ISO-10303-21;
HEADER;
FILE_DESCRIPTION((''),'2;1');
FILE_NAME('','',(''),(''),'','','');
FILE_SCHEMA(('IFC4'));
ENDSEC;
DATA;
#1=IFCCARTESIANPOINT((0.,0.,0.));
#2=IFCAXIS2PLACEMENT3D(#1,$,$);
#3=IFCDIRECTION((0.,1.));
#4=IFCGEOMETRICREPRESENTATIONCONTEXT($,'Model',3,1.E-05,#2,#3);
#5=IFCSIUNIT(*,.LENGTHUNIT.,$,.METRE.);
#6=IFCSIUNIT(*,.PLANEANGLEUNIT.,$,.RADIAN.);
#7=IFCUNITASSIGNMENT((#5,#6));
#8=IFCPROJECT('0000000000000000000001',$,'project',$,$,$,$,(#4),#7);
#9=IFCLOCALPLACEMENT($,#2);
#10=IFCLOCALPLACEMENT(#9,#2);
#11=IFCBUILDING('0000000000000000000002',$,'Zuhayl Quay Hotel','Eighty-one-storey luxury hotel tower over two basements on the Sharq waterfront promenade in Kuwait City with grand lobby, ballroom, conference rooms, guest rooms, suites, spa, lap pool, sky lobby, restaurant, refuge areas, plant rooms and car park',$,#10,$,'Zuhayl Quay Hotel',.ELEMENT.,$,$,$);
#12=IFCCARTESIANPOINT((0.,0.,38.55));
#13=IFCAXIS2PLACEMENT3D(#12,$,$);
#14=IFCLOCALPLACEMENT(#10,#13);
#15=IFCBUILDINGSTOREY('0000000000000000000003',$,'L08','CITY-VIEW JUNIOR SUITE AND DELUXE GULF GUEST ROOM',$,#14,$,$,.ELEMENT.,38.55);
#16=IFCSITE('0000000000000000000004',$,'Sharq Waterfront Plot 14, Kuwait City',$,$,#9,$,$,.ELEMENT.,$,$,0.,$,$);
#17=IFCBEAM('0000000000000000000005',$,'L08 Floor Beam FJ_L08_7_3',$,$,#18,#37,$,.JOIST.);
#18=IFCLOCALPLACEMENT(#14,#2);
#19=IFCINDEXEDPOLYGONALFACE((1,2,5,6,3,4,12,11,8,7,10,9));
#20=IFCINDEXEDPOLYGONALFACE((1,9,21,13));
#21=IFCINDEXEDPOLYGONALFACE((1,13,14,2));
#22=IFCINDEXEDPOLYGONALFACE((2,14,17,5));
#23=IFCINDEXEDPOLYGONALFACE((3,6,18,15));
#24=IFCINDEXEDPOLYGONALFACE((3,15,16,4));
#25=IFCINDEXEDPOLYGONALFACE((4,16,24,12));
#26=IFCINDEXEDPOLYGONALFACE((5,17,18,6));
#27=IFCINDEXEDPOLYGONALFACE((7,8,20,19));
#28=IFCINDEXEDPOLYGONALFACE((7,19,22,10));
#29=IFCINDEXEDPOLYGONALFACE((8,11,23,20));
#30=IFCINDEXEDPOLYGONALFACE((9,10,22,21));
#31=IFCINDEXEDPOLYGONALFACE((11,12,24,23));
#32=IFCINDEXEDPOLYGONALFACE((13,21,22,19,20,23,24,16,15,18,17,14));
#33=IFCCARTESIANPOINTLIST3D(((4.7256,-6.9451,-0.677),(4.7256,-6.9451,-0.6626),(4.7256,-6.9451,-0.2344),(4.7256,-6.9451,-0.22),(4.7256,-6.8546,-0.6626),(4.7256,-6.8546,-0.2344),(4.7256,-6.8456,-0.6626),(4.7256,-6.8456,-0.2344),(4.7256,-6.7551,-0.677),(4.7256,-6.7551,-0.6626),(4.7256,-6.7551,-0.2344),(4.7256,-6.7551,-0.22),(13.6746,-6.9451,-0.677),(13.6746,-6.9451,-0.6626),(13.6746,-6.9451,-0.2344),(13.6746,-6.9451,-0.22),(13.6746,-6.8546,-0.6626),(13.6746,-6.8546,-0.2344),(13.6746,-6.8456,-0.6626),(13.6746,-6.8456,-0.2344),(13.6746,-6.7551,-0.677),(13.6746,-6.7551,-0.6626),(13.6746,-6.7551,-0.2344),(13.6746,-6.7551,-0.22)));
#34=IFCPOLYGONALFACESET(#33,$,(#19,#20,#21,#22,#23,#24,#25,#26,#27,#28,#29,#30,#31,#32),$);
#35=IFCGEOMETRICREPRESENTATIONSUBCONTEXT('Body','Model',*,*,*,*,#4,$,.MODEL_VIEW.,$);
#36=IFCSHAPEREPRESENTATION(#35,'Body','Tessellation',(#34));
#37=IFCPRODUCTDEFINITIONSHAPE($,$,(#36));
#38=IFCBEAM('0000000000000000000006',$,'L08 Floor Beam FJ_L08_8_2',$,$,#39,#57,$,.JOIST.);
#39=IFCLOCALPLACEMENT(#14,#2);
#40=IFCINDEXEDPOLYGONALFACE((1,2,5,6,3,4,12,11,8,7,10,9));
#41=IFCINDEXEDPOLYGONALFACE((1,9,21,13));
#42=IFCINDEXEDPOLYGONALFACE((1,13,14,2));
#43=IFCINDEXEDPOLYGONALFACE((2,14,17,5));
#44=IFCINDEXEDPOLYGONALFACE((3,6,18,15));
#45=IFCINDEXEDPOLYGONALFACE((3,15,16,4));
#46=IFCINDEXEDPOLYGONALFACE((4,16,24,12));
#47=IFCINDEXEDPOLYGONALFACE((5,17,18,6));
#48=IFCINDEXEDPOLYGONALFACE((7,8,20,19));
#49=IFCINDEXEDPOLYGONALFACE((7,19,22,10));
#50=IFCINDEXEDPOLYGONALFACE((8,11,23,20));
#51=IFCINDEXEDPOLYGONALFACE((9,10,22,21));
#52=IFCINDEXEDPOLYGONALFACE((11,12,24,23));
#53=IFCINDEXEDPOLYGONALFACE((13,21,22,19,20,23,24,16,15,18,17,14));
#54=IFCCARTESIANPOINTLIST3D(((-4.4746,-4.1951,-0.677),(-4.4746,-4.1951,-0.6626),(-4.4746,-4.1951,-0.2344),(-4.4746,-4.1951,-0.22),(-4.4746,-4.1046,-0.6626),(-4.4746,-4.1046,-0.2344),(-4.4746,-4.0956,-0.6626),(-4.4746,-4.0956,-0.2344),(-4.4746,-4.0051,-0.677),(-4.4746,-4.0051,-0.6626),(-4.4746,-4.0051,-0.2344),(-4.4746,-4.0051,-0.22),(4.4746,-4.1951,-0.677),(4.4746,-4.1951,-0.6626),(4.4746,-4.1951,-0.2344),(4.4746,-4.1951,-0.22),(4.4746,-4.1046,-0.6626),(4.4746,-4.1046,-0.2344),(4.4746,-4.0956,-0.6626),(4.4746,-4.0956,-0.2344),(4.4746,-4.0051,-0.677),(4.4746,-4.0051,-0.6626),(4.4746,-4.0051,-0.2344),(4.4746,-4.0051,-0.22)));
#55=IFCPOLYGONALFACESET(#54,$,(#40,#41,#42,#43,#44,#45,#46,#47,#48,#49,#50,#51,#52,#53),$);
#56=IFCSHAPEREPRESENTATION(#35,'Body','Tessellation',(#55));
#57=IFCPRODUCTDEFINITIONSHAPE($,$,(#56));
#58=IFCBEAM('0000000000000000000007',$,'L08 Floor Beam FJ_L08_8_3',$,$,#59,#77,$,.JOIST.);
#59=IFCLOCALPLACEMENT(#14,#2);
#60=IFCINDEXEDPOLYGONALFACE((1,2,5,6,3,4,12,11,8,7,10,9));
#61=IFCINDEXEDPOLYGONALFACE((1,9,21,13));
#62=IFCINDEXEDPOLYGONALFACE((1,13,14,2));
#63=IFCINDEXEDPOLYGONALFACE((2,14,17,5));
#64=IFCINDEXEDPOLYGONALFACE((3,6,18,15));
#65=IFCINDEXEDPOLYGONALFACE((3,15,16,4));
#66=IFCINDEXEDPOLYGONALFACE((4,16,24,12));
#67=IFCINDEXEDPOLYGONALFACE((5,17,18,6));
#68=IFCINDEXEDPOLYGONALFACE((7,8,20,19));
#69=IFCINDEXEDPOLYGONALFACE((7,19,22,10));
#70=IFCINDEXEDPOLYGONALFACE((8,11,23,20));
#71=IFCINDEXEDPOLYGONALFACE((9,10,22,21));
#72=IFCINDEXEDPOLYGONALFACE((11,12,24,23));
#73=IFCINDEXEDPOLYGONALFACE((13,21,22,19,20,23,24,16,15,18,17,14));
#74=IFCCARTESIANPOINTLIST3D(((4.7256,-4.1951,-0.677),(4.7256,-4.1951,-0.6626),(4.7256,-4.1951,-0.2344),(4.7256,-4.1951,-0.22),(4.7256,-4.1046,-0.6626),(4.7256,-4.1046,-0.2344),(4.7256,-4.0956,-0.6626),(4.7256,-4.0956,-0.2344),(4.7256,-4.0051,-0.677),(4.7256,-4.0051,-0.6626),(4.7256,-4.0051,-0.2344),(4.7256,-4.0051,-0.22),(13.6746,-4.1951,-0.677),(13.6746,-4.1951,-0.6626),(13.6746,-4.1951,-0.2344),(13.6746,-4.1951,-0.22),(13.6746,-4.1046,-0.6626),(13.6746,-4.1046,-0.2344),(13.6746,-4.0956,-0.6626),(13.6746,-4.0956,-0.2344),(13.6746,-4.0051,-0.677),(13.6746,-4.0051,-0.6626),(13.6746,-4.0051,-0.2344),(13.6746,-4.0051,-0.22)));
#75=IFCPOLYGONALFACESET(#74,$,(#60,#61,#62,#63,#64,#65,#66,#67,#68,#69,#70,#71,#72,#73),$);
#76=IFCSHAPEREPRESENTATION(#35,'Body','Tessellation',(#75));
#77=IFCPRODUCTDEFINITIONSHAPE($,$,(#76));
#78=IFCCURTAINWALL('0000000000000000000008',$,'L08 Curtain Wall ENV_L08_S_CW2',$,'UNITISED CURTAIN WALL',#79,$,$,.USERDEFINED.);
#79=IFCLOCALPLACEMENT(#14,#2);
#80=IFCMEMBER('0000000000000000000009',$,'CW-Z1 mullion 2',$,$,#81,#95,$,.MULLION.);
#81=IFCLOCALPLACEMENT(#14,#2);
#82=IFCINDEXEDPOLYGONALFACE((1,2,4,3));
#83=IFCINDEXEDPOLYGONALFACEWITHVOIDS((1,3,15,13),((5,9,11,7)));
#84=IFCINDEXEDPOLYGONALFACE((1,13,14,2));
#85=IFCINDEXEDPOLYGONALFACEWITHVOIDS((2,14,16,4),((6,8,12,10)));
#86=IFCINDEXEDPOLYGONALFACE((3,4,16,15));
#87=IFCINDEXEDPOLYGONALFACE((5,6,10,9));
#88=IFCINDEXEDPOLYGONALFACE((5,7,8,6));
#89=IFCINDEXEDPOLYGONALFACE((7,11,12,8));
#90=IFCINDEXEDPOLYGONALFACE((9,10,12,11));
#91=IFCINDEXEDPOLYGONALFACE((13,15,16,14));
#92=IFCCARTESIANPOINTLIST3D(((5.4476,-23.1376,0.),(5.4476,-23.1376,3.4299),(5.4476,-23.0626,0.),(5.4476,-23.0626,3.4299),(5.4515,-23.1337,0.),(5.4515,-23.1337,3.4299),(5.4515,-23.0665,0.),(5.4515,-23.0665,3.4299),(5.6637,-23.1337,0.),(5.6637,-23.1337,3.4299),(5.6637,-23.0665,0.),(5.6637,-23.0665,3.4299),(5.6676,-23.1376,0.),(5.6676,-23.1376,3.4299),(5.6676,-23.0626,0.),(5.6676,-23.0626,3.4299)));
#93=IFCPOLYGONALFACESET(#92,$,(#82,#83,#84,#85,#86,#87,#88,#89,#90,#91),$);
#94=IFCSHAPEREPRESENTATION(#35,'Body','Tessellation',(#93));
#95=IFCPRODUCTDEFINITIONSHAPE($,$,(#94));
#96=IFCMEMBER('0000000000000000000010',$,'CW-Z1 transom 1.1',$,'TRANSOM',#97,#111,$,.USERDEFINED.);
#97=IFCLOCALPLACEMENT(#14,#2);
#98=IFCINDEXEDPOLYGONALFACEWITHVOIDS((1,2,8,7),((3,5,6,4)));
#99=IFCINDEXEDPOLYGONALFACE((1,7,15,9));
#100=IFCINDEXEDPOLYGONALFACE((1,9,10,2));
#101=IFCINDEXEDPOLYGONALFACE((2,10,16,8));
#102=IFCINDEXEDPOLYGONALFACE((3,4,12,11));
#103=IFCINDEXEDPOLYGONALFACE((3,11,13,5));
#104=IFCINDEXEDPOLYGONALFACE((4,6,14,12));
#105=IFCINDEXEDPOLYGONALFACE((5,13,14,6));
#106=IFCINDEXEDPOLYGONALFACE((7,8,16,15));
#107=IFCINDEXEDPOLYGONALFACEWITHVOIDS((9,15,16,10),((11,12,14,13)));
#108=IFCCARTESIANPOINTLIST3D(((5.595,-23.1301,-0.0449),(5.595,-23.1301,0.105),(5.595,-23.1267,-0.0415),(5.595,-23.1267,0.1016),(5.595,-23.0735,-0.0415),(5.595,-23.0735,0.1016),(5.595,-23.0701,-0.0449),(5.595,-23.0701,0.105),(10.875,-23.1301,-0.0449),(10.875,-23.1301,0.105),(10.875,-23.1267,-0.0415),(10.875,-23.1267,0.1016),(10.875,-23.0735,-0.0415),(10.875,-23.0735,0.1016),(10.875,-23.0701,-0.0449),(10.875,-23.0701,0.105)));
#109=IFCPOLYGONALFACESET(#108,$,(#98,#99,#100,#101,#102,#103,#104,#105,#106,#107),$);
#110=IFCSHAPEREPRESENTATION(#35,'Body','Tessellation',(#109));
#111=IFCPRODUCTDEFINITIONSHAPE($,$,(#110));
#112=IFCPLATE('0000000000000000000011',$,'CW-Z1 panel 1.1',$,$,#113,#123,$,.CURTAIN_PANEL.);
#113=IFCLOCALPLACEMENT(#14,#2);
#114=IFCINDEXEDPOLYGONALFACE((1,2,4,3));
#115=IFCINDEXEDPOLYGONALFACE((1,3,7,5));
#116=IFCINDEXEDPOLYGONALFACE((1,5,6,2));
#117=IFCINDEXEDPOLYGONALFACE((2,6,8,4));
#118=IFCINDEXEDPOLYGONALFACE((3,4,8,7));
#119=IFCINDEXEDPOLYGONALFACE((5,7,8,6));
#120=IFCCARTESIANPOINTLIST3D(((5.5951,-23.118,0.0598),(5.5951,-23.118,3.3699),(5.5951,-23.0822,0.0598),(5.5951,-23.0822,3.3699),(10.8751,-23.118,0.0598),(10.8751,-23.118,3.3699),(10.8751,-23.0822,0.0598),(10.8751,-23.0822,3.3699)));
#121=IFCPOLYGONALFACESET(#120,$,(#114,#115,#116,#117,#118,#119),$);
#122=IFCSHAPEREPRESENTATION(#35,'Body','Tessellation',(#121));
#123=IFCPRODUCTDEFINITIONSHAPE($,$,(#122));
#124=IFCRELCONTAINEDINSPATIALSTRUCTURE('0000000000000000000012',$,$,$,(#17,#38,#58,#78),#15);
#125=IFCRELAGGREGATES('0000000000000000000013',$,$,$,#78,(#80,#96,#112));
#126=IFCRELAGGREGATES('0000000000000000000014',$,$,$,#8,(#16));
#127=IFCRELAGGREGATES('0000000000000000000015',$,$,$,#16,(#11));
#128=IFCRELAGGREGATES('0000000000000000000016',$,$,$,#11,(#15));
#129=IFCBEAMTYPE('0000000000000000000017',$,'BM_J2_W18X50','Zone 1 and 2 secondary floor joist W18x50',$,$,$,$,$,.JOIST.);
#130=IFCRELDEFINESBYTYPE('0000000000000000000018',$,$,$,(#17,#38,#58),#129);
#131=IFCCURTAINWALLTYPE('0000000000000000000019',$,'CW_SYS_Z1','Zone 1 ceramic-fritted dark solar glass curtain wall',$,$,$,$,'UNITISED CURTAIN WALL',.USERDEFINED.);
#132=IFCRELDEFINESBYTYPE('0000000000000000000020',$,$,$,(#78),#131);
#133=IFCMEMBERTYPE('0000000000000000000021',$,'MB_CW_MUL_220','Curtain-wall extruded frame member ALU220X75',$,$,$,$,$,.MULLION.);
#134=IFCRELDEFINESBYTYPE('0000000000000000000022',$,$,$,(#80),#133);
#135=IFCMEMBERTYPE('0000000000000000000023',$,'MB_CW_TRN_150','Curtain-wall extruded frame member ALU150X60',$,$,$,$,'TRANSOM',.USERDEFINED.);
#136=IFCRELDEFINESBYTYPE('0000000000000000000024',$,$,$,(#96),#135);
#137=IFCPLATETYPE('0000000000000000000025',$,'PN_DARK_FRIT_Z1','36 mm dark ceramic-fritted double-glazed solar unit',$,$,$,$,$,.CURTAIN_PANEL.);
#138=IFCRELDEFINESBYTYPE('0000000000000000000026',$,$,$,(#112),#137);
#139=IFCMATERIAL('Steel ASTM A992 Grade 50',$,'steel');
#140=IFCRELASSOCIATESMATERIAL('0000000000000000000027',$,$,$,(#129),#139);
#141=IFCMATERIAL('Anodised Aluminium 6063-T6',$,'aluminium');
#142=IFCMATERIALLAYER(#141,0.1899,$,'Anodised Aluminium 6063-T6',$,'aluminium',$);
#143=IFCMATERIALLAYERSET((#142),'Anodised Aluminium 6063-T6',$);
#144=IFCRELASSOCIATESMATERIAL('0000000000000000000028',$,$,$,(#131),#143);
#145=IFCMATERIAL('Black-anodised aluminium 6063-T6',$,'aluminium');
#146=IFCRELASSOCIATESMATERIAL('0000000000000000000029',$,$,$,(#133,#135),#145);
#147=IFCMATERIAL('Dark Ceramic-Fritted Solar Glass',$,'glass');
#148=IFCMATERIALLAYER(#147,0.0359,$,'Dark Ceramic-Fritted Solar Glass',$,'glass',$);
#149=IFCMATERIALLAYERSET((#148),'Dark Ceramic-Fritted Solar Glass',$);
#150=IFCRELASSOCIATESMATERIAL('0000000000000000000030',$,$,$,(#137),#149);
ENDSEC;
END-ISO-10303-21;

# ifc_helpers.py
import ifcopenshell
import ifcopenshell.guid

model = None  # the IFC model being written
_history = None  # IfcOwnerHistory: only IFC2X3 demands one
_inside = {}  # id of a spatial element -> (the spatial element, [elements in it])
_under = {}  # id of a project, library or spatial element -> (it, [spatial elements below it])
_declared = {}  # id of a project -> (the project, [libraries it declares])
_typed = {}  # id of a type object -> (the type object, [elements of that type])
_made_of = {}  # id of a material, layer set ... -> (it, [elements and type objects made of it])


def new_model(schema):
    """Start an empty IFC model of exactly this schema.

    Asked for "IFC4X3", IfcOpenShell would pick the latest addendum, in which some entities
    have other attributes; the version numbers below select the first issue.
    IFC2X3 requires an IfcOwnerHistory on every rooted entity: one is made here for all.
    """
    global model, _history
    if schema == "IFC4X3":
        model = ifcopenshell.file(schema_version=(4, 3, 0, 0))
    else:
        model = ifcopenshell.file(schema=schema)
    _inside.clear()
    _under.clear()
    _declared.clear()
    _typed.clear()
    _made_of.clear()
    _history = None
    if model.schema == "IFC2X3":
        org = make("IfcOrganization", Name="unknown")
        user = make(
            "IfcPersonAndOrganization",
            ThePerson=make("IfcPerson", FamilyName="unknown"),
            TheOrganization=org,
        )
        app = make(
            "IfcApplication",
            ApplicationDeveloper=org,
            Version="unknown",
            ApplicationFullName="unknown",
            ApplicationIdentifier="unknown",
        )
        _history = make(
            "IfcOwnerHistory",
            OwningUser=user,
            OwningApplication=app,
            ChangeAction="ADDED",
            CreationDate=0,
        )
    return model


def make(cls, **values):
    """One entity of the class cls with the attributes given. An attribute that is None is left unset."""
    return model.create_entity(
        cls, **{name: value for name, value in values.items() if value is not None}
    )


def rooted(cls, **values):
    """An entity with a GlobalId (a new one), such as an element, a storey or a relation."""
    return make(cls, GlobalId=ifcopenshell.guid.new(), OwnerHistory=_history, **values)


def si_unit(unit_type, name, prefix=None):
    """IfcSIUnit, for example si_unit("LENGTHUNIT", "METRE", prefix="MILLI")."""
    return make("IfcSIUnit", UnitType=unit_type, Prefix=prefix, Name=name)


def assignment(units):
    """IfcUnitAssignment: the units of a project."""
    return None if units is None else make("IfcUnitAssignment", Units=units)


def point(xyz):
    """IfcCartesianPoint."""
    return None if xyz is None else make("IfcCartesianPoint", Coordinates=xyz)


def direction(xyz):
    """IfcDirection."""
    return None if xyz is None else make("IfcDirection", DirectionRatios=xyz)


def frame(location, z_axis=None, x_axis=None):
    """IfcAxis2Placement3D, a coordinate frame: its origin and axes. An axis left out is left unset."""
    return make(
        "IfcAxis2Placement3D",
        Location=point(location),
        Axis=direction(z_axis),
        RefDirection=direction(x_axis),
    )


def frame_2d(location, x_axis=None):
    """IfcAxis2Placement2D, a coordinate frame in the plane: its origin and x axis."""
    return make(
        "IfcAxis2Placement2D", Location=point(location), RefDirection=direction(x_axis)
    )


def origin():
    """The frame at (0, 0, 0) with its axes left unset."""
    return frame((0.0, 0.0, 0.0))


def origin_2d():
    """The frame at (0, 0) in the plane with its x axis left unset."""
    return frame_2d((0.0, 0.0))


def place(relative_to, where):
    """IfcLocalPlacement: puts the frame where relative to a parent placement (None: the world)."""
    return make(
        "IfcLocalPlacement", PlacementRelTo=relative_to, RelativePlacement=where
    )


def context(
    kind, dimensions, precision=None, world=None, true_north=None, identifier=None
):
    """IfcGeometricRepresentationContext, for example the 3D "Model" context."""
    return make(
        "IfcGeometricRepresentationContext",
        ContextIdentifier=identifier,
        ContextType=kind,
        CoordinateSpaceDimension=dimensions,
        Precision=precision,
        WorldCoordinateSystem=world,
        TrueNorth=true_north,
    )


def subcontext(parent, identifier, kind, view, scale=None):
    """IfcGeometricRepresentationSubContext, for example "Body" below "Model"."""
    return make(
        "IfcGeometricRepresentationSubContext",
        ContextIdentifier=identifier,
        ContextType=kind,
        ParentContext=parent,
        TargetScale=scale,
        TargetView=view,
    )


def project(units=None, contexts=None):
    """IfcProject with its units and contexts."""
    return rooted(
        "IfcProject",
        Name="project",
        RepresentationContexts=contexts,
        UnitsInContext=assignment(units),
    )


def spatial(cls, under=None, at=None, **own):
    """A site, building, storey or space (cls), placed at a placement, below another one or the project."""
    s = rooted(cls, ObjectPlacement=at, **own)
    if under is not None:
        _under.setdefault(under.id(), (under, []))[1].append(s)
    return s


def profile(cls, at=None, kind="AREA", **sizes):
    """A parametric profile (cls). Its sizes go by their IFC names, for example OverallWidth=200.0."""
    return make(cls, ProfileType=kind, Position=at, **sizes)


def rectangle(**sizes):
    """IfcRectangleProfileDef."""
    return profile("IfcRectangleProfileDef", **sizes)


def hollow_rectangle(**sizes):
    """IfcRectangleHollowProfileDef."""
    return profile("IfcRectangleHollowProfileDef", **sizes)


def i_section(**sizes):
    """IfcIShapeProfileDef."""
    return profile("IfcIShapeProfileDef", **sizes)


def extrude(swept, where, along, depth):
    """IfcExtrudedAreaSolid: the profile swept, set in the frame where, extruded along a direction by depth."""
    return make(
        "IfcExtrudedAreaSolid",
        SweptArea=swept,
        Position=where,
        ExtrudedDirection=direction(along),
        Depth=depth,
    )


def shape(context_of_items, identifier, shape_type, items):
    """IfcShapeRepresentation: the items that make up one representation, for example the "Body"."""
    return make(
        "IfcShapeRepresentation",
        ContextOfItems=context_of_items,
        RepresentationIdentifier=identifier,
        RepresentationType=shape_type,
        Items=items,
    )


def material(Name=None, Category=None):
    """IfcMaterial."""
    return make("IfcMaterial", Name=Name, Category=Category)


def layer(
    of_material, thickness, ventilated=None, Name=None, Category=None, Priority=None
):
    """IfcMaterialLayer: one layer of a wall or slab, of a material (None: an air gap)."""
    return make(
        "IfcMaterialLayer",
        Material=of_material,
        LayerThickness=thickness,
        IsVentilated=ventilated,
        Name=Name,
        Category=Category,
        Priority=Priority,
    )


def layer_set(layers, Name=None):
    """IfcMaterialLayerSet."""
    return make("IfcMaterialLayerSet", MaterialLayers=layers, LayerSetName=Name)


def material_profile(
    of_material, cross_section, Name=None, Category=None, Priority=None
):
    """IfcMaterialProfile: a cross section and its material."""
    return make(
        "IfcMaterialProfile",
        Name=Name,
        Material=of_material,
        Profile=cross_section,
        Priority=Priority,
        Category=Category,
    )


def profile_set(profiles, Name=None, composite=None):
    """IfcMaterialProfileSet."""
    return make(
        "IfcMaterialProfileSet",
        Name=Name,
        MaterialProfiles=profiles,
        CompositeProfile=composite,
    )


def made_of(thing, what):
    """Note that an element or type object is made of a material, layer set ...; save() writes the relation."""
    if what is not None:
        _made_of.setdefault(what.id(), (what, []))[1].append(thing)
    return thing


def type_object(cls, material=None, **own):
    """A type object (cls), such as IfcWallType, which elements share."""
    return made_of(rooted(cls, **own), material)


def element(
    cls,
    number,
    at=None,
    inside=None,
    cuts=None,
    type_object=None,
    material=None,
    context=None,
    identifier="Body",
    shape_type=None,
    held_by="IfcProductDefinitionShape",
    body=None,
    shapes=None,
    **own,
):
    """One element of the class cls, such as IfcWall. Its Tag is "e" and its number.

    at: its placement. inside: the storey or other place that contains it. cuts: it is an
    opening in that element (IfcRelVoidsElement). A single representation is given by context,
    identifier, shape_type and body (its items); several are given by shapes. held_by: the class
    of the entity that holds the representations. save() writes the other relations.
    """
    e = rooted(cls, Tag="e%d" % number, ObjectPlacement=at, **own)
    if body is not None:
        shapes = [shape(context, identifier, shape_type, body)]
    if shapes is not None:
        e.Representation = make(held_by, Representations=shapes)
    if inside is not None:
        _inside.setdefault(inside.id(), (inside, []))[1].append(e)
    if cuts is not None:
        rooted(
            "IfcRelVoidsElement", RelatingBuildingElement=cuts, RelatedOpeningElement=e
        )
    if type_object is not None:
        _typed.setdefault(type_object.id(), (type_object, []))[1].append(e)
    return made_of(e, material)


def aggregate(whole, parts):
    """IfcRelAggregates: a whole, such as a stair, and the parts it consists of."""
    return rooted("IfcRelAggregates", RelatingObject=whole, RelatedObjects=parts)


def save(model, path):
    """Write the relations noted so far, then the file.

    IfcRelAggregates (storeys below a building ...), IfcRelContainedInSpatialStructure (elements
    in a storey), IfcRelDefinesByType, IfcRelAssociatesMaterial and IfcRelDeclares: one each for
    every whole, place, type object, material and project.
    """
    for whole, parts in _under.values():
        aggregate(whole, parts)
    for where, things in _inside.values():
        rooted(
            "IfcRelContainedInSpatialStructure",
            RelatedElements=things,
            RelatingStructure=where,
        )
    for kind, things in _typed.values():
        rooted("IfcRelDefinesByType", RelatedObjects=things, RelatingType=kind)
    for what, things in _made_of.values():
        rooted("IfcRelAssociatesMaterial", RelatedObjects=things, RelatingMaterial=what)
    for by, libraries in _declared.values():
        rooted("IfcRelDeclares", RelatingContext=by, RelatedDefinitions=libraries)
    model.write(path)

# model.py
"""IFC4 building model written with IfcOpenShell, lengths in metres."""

from ifc_helpers import new_model, si_unit, direction, frame, origin, origin_2d, place, context, subcontext, project, spatial, rectangle, hollow_rectangle, i_section, extrude, material, layer, layer_set, material_profile, profile_set, type_object, element, aggregate, save


model = new_model("IFC4")

# Units and contexts
model_context = context("Model", 3, precision=1e-05, world=origin(), true_north=direction((0.0, 1.0)))
body_context = subcontext(model_context, "Body", "Model", "MODEL_VIEW")
ifc_project = project(units=[si_unit("LENGTHUNIT", "METRE"), si_unit("PLANEANGLEUNIT", "RADIAN")], contexts=[model_context])

# Site, building, storey
site_placement = place(None, origin())
site = spatial("IfcSite", under=ifc_project, at=site_placement, Name="Sharq Waterfront Plot 14, Kuwait City", CompositionType="ELEMENT", RefElevation=0.0)
building_placement = place(site_placement, origin())
building = spatial("IfcBuilding", under=site, at=building_placement, Name="Zuhayl Quay Hotel", Description="Eighty-one-storey luxury hotel tower over two basements on the Sharq waterfront promenade in Kuwait City with grand lobby, ballroom, conference rooms, guest rooms, suites, spa, lap pool, sky lobby, restaurant, refuge areas, plant rooms and car park", LongName="Zuhayl Quay Hotel", CompositionType="ELEMENT")
storey_placement = place(building_placement, frame((0.0, 0.0, 38.55)))
storey = spatial("IfcBuildingStorey", under=building, at=storey_placement, Name="L08", Description="CITY-VIEW JUNIOR SUITE AND DELUXE GULF GUEST ROOM", CompositionType="ELEMENT", Elevation=38.55)

# Beams
ifc_material_1 = material(Name="Steel ASTM A992 Grade 50", Category="steel")
ifc_material_profile_1 = material_profile(ifc_material_1, i_section(OverallWidth=0.1899, OverallDepth=0.457, WebThickness=0.009, FlangeThickness=0.0144, at=origin_2d()), Name="W18X50")
ifc_profile_set_1 = profile_set([ifc_material_profile_1], Name="Steel ASTM A992 Grade 50")
beam_type_1 = type_object("IfcBeamType", Name="BM_J2_W18X50", Description="Zone 1 and 2 secondary floor joist W18x50", PredefinedType="JOIST", material=ifc_profile_set_1)
beam_1_placement = place(storey_placement, frame((4.7256, -6.8501, -0.4485), z_axis=(1.0, 0.0, 0.0), x_axis=(0.0, 1.0, 0.0)))
element("IfcBeam", 1, at=beam_1_placement, inside=storey, type_object=beam_type_1, Name="L08 Floor Beam FJ_L08_7_3", PredefinedType="JOIST", context=body_context, shape_type="SweptSolid", body=[
    extrude(i_section(OverallWidth=0.1899, OverallDepth=0.457, WebThickness=0.009, FlangeThickness=0.0144, at=origin_2d()), origin(), (0.0, 0.0, 1.0), 8.949),
])
beam_2_placement = place(storey_placement, frame((-4.4746, -4.1001, -0.4485), z_axis=(1.0, 0.0, 0.0), x_axis=(0.0, 1.0, 0.0)))
element("IfcBeam", 2, at=beam_2_placement, inside=storey, type_object=beam_type_1, Name="L08 Floor Beam FJ_L08_8_2", PredefinedType="JOIST", context=body_context, shape_type="SweptSolid", body=[
    extrude(i_section(OverallWidth=0.1899, OverallDepth=0.457, WebThickness=0.009, FlangeThickness=0.0144, at=origin_2d()), origin(), (0.0, 0.0, 1.0), 8.9492),
])
beam_3_placement = place(storey_placement, frame((4.7256, -4.1001, -0.4485), z_axis=(1.0, 0.0, 0.0), x_axis=(0.0, 1.0, 0.0)))
element("IfcBeam", 3, at=beam_3_placement, inside=storey, type_object=beam_type_1, Name="L08 Floor Beam FJ_L08_8_3", PredefinedType="JOIST", context=body_context, shape_type="SweptSolid", body=[
    extrude(i_section(OverallWidth=0.1899, OverallDepth=0.457, WebThickness=0.009, FlangeThickness=0.0144, at=origin_2d()), origin(), (0.0, 0.0, 1.0), 8.949),
])

# Curtain wall, members, plate
ifc_material_2 = material(Name="Anodised Aluminium 6063-T6", Category="aluminium")
ifc_layer_1 = layer(ifc_material_2, 0.1899, Name="Anodised Aluminium 6063-T6", Category="aluminium")
ifc_layer_set_1 = layer_set([ifc_layer_1], Name="Anodised Aluminium 6063-T6")
curtain_wall_type = type_object("IfcCurtainWallType", Name="CW_SYS_Z1", Description="Zone 1 ceramic-fritted dark solar glass curtain wall", ElementType="UNITISED CURTAIN WALL", PredefinedType="USERDEFINED", material=ifc_layer_set_1)
curtain_wall_placement = place(storey_placement, origin())
curtain_wall = element("IfcCurtainWall", 4, at=curtain_wall_placement, inside=storey, type_object=curtain_wall_type, Name="L08 Curtain Wall ENV_L08_S_CW2", ObjectType="UNITISED CURTAIN WALL", PredefinedType="USERDEFINED")
ifc_material_3 = material(Name="Black-anodised aluminium 6063-T6", Category="aluminium")
ifc_material_profile_2 = material_profile(ifc_material_3, hollow_rectangle(XDim=0.075, YDim=0.22, WallThickness=0.0039, at=origin_2d()), Name="ALU220X75")
ifc_profile_set_2 = profile_set([ifc_material_profile_2], Name="Black-anodised aluminium 6063-T6")
member_type_1 = type_object("IfcMemberType", Name="MB_CW_MUL_220", Description="Curtain-wall extruded frame member ALU220X75", PredefinedType="MULLION", material=ifc_profile_set_2)
member_1_placement = place(storey_placement, frame((5.5576, -23.1001, 0.0), z_axis=(0.0, 0.0, 1.0), x_axis=(0.0, -1.0, 0.0)))
member_1 = element("IfcMember", 5, at=member_1_placement, type_object=member_type_1, Name="CW-Z1 mullion 2", PredefinedType="MULLION", context=body_context, shape_type="SweptSolid", body=[
    extrude(hollow_rectangle(XDim=0.075, YDim=0.22, WallThickness=0.0039, at=origin_2d()), origin(), (0.0, 0.0, 1.0), 3.4299),
])
ifc_material_profile_3 = material_profile(ifc_material_3, hollow_rectangle(XDim=0.0601, YDim=0.1499, WallThickness=0.0034, at=origin_2d()), Name="ALU150X60")
ifc_profile_set_3 = profile_set([ifc_material_profile_3], Name="Black-anodised aluminium 6063-T6")
member_type_2 = type_object("IfcMemberType", Name="MB_CW_TRN_150", Description="Curtain-wall extruded frame member ALU150X60", ElementType="TRANSOM", PredefinedType="USERDEFINED", material=ifc_profile_set_3)
member_2_placement = place(storey_placement, frame((10.875, -23.1001, 0.03), z_axis=(-1.0, 0.0, 0.0), x_axis=(0.0, -1.0, 0.0)))
member_2 = element("IfcMember", 6, at=member_2_placement, type_object=member_type_2, Name="CW-Z1 transom 1.1", ObjectType="TRANSOM", PredefinedType="USERDEFINED", context=body_context, shape_type="SweptSolid", body=[
    extrude(hollow_rectangle(XDim=0.0601, YDim=0.1499, WallThickness=0.0034, at=origin_2d()), origin(), (0.0, 0.0, 1.0), 5.28),
])
ifc_material_4 = material(Name="Dark Ceramic-Fritted Solar Glass", Category="glass")
ifc_layer_2 = layer(ifc_material_4, 0.0359, Name="Dark Ceramic-Fritted Solar Glass", Category="glass")
ifc_layer_set_2 = layer_set([ifc_layer_2], Name="Dark Ceramic-Fritted Solar Glass")
plate_type = type_object("IfcPlateType", Name="PN_DARK_FRIT_Z1", Description="36 mm dark ceramic-fritted double-glazed solar unit", PredefinedType="CURTAIN_PANEL", material=ifc_layer_set_2)
plate_placement = place(storey_placement, frame((8.2351, -23.1001, 0.0598), z_axis=(0.0, 0.0, 1.0), x_axis=(-1.0, 0.0, 0.0)))
plate = element("IfcPlate", 7, at=plate_placement, type_object=plate_type, Name="CW-Z1 panel 1.1", PredefinedType="CURTAIN_PANEL", context=body_context, shape_type="SweptSolid", body=[
    extrude(rectangle(XDim=5.28, YDim=0.0359, at=origin_2d()), origin(), (0.0, 0.0, 1.0), 3.3101),
])
aggregate(curtain_wall, [member_1, member_2, plate])

save(model, "model.ifc")
